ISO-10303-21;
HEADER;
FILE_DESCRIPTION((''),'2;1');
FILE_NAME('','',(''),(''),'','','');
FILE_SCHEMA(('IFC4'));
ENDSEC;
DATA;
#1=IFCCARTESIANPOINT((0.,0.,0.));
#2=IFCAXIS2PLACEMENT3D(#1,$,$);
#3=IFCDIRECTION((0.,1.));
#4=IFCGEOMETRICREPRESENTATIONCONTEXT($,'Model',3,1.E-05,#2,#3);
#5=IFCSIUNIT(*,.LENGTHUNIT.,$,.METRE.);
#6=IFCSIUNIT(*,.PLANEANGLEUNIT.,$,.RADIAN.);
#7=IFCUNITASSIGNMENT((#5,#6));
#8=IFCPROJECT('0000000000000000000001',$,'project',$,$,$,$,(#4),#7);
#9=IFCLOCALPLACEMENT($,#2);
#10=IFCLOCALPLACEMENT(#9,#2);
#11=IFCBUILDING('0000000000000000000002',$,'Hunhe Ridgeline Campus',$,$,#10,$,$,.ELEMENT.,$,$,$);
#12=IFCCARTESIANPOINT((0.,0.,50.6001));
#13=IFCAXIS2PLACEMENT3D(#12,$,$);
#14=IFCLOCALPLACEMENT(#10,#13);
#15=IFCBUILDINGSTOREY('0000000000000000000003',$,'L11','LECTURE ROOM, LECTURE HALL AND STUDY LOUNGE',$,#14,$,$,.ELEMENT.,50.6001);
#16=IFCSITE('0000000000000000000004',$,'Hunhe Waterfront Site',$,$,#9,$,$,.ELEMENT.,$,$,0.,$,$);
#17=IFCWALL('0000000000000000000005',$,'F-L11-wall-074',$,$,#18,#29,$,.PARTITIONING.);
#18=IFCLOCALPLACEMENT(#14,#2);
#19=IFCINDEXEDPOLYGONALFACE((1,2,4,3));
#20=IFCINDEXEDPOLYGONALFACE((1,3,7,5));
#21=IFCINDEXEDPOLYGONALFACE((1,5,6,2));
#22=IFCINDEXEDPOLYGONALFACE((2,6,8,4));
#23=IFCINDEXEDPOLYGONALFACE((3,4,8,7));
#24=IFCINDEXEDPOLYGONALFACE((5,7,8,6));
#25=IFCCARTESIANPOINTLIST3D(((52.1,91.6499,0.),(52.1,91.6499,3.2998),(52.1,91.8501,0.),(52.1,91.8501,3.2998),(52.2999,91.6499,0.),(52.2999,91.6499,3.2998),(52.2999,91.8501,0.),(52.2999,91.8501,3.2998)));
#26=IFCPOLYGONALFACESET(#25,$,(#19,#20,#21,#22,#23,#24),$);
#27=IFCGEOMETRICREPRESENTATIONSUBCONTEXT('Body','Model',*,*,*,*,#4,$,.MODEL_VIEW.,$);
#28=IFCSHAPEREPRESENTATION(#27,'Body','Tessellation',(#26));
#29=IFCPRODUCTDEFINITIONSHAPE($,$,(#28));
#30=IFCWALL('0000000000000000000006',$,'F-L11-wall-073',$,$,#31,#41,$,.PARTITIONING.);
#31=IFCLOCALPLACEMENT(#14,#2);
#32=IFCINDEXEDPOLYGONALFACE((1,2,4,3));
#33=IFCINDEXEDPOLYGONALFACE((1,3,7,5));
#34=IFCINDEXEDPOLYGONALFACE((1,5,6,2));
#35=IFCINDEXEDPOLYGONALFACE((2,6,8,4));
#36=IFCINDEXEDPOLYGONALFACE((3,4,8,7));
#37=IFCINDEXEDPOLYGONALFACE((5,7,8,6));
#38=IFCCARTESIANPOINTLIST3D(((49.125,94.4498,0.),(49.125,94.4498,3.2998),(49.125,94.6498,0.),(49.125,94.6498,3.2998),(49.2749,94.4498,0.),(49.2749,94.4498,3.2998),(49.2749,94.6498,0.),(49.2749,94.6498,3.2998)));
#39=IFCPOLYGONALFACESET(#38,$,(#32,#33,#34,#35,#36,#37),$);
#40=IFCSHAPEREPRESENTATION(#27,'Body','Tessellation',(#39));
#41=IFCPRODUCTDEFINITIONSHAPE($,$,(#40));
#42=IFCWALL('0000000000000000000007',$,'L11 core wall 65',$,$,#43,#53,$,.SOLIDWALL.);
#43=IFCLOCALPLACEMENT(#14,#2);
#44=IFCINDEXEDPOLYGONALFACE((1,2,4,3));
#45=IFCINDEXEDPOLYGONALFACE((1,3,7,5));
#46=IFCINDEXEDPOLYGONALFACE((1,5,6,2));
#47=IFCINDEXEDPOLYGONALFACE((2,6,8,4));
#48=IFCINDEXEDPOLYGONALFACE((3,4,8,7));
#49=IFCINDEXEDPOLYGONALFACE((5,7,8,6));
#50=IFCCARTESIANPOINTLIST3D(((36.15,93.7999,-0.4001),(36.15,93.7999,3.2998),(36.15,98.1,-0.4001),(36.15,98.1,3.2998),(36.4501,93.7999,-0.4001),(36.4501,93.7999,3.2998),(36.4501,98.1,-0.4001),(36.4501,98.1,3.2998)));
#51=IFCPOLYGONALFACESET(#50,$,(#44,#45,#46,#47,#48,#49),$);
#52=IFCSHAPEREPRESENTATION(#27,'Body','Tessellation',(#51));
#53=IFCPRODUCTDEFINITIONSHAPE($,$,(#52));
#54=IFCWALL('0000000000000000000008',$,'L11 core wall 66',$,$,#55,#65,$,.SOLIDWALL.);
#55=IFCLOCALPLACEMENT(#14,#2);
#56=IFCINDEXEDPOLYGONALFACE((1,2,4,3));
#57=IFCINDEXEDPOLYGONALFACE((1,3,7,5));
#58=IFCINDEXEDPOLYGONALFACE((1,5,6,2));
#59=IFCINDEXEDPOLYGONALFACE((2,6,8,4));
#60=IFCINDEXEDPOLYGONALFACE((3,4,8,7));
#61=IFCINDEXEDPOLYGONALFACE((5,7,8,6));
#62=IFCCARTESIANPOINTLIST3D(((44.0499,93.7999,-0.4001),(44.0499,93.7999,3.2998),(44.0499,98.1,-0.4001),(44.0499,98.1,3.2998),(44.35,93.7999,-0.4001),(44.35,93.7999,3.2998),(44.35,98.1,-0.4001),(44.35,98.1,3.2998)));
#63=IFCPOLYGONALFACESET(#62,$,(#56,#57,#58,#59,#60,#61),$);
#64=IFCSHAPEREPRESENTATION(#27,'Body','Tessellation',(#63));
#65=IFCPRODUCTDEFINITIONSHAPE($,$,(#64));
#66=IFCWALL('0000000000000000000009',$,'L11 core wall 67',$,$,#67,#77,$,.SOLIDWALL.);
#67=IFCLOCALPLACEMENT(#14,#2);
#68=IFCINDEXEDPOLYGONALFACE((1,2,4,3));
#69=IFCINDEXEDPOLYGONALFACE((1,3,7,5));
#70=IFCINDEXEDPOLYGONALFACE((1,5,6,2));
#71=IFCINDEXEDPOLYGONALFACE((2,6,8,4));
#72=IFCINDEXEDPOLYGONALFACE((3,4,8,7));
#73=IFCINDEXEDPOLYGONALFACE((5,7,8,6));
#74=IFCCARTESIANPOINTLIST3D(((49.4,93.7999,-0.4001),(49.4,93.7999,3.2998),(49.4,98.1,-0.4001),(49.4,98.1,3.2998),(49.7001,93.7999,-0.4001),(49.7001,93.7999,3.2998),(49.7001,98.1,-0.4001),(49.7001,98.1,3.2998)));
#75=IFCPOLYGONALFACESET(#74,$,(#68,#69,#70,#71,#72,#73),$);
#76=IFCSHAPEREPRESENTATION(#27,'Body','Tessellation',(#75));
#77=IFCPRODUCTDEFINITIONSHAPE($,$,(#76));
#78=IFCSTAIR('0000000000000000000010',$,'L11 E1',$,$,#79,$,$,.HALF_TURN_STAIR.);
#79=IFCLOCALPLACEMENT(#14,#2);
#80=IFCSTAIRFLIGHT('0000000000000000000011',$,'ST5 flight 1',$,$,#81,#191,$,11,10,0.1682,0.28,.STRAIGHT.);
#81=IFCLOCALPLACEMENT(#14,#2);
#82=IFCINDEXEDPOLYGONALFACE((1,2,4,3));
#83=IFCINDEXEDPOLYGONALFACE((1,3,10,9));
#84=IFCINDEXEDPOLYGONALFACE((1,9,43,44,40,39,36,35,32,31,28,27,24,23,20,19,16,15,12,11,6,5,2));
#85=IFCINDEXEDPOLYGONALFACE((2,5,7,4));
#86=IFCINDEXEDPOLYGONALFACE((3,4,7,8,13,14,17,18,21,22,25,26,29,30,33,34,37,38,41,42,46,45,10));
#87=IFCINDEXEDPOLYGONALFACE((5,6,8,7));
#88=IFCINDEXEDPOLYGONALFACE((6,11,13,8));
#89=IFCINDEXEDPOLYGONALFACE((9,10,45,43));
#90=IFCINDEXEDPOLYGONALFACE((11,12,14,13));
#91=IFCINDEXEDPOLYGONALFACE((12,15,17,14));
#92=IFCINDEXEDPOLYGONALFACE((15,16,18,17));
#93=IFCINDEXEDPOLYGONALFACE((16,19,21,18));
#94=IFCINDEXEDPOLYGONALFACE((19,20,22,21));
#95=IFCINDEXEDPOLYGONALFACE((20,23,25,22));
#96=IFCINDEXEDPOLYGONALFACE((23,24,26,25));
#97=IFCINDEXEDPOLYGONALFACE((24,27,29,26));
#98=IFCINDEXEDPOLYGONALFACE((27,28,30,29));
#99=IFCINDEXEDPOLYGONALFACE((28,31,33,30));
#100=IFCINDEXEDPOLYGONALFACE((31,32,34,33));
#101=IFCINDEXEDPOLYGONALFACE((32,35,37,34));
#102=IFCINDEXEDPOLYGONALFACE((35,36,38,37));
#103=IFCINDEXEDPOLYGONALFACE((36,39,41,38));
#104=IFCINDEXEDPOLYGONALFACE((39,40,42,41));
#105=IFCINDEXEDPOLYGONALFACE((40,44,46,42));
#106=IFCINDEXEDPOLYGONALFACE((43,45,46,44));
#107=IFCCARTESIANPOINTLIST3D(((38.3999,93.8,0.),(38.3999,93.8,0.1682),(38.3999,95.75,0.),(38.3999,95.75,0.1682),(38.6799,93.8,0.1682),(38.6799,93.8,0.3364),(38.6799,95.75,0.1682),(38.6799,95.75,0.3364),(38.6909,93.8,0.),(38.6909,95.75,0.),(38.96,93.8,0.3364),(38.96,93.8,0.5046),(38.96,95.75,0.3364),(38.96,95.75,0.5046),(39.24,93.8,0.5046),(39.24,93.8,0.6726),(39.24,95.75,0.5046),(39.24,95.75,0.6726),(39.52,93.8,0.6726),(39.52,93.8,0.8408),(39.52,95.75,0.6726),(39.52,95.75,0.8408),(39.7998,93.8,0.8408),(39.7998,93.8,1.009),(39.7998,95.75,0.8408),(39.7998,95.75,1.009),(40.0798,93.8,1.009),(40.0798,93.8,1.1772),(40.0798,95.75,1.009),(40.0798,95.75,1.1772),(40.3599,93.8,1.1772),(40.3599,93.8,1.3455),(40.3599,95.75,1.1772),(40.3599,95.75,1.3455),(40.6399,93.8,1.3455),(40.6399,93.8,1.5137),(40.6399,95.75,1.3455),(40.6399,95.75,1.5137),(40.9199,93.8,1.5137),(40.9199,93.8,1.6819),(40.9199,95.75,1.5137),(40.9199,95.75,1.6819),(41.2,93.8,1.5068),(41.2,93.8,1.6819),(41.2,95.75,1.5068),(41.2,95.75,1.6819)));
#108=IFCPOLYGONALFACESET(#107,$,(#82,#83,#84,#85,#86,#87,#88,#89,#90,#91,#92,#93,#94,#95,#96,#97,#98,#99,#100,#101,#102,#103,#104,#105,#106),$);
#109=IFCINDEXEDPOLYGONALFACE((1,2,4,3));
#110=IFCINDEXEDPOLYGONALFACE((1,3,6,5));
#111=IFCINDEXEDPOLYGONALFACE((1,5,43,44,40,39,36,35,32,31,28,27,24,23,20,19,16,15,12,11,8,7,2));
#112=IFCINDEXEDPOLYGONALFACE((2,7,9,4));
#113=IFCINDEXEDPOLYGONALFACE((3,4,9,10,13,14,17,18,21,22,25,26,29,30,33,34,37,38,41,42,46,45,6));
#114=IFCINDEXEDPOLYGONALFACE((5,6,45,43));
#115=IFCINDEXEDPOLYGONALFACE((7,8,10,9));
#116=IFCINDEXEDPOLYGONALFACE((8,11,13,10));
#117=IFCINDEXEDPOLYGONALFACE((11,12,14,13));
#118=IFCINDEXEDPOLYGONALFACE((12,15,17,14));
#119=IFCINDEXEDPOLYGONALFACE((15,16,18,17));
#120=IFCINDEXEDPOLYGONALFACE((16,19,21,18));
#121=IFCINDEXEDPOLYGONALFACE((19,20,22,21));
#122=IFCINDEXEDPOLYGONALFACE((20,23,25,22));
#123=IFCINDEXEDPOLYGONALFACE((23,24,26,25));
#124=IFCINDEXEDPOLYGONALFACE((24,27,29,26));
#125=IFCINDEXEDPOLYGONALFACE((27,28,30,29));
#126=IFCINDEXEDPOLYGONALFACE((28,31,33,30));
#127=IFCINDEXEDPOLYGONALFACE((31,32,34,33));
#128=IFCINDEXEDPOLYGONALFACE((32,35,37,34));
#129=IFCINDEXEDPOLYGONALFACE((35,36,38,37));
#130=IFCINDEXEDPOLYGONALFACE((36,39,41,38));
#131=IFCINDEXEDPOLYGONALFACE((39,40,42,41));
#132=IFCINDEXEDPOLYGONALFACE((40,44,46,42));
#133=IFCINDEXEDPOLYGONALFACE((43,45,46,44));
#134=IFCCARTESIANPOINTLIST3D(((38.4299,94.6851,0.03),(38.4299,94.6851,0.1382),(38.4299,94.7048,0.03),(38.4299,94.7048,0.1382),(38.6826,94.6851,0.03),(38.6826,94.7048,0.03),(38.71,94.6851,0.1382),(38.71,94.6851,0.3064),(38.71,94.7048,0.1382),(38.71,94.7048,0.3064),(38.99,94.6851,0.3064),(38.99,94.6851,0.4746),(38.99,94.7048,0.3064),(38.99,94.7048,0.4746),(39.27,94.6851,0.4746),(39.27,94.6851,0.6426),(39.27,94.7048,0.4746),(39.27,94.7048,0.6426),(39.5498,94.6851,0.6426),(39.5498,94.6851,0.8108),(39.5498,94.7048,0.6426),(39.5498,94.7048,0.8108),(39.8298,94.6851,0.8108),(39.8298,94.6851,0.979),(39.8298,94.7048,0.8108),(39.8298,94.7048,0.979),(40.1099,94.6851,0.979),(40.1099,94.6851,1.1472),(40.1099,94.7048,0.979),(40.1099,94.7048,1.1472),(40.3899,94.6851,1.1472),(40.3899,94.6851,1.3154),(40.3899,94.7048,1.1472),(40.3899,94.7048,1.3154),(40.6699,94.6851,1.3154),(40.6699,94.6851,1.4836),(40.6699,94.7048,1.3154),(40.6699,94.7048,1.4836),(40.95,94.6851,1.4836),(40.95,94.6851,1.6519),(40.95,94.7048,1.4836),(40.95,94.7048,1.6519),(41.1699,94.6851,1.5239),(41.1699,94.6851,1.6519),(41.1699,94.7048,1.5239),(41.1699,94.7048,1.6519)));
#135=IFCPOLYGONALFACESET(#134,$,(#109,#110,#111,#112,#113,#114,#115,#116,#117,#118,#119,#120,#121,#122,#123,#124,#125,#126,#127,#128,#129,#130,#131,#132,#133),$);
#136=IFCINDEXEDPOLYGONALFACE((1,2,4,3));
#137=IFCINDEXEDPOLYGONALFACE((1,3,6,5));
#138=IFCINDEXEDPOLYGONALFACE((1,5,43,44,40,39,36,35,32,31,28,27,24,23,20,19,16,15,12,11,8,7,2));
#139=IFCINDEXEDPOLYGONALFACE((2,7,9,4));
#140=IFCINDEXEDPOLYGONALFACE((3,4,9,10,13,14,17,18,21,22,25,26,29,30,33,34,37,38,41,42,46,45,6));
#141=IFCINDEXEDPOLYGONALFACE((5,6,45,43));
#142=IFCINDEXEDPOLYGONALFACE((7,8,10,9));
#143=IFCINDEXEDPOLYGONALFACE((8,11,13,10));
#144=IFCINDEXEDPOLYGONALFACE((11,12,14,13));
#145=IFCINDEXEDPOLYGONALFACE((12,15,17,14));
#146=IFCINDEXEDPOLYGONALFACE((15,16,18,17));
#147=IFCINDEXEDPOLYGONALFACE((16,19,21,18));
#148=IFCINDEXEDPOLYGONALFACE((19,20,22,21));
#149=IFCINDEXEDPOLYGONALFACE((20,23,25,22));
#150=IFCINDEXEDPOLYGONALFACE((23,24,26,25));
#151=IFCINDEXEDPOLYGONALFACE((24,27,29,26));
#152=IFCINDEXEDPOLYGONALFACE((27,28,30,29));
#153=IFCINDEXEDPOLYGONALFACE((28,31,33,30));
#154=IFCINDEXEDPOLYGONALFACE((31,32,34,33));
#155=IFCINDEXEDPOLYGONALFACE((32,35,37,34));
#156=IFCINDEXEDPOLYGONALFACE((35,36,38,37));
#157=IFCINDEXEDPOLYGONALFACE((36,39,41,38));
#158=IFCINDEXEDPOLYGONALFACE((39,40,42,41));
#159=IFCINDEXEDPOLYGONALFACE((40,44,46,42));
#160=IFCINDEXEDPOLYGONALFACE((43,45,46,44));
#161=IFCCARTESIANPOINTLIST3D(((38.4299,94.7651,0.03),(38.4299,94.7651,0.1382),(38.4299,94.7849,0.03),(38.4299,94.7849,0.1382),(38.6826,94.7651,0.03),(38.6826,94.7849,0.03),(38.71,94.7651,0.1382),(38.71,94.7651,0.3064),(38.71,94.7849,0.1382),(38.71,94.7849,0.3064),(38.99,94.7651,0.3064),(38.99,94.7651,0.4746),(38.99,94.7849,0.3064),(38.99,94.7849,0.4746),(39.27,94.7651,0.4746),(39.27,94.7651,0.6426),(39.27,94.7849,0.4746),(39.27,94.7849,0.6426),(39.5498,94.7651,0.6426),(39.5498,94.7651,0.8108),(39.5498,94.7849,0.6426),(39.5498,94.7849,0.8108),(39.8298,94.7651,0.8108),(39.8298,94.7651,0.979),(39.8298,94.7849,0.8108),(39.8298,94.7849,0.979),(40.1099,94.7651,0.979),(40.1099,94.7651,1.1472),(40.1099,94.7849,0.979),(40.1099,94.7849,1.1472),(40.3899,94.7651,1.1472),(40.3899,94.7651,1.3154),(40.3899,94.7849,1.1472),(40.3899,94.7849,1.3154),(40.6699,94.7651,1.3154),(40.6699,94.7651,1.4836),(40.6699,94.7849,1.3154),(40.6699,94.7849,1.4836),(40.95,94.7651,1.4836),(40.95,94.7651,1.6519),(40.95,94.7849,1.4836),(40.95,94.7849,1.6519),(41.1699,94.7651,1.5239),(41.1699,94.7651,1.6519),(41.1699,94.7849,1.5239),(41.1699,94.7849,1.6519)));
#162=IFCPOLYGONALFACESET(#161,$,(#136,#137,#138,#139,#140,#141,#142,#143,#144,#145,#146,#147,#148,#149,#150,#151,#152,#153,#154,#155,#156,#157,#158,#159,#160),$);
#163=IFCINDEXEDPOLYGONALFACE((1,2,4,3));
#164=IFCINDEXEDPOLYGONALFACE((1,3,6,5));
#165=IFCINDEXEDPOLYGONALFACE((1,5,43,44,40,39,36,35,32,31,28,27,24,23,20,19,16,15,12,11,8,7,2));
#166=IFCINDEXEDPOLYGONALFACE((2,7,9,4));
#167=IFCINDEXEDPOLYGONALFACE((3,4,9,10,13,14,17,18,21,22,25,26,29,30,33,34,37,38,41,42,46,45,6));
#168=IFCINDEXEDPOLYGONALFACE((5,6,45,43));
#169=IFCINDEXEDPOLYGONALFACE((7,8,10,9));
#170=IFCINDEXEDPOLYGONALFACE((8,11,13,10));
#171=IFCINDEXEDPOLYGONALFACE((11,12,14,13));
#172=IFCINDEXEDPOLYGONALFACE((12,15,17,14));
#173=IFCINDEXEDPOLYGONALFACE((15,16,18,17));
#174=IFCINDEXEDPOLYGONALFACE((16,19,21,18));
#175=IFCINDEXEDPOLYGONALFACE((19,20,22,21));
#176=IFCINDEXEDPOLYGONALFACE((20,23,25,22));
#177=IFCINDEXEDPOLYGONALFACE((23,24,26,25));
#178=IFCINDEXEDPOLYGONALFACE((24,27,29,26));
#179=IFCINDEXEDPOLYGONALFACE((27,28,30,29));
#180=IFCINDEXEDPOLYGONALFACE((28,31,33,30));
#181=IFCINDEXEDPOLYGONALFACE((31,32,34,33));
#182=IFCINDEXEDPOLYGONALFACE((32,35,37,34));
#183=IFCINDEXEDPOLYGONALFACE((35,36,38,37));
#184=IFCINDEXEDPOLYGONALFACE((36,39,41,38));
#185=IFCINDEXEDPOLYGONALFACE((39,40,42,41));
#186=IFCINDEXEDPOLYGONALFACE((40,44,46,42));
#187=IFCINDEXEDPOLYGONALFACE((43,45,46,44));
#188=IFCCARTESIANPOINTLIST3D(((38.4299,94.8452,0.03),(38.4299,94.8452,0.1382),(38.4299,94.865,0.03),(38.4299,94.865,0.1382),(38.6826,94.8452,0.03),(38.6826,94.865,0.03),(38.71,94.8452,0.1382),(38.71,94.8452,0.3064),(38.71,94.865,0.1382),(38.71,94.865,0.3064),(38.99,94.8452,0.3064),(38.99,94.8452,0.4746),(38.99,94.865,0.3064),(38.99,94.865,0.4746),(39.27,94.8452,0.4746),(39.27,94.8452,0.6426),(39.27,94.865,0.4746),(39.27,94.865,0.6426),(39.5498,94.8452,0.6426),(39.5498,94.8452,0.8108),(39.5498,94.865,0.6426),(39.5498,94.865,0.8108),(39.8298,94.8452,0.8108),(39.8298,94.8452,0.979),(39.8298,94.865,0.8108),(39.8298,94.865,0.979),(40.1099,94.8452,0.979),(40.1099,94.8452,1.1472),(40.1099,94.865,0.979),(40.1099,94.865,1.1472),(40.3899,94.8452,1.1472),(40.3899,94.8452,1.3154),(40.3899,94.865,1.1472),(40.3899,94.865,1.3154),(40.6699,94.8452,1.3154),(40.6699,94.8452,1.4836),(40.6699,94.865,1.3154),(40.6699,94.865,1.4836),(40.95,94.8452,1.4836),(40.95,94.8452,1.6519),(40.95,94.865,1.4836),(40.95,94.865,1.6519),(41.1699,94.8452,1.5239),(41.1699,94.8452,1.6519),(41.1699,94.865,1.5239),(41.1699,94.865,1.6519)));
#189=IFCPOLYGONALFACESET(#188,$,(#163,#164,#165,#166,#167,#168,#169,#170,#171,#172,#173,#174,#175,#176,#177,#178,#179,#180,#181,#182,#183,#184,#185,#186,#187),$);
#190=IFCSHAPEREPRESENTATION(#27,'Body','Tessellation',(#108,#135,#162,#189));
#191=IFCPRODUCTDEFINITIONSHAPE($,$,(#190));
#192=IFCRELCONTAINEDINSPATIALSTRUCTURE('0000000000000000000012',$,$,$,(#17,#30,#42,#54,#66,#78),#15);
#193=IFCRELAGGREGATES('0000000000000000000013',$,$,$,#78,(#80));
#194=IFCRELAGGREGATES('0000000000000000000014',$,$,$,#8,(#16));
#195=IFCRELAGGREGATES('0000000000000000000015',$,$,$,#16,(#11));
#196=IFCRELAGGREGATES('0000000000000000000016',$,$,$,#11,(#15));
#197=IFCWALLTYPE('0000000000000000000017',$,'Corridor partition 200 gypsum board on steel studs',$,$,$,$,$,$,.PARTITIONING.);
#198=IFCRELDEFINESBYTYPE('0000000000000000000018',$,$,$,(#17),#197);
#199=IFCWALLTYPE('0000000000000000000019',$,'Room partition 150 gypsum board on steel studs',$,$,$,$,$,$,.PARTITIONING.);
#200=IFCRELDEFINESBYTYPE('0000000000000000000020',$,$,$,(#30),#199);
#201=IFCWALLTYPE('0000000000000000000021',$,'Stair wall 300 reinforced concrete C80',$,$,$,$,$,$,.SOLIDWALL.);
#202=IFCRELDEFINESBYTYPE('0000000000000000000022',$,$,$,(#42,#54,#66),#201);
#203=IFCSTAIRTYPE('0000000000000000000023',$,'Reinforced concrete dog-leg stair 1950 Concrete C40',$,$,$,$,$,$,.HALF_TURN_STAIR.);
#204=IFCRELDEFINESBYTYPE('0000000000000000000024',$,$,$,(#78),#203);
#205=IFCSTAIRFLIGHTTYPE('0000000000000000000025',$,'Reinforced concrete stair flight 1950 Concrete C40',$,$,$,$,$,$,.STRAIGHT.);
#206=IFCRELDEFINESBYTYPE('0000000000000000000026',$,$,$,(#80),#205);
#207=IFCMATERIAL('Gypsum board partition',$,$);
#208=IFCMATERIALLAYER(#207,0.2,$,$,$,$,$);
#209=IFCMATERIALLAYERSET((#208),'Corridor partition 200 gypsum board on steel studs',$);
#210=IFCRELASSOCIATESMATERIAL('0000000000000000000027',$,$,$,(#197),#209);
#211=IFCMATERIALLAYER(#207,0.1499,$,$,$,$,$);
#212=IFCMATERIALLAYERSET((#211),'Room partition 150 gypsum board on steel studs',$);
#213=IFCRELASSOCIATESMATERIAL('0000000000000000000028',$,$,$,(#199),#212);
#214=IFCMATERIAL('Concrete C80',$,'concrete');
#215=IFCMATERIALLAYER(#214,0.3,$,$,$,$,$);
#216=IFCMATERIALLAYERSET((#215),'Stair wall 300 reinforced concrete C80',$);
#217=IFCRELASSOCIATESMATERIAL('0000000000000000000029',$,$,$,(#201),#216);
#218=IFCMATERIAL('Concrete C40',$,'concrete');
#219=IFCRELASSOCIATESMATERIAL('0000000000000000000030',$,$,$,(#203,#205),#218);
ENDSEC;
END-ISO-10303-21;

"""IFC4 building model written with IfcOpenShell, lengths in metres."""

from ifc_helpers import new_model, si_unit, direction, frame, frame_2d, origin, place, context, subcontext, project, spatial, polyline, rectangle, outline, extrude, material, layer, layer_set, type_object, element, aggregate, save


model = new_model("IFC4")

# Units and contexts
model_context = context("Model", 3, precision=1e-05, world=origin(), true_north=direction((0.0, 1.0)))
body_context = subcontext(model_context, "Body", "Model", "MODEL_VIEW")
ifc_project = project(units=[si_unit("LENGTHUNIT", "METRE"), si_unit("PLANEANGLEUNIT", "RADIAN")], contexts=[model_context])

# Site, building, storey
site_placement = place(None, origin())
site = spatial("IfcSite", under=ifc_project, at=site_placement, Name="Hunhe Waterfront Site", CompositionType="ELEMENT", RefElevation=0.0)
building_placement = place(site_placement, origin())
building = spatial("IfcBuilding", under=site, at=building_placement, Name="Hunhe Ridgeline Campus", CompositionType="ELEMENT")
storey_placement = place(building_placement, frame((0.0, 0.0, 50.6001)))
storey = spatial("IfcBuildingStorey", under=building, at=storey_placement, Name="L11", Description="LECTURE ROOM, LECTURE HALL AND STUDY LOUNGE", CompositionType="ELEMENT", Elevation=50.6001)

# Shared definitions
ifc_material_1 = material(Name="Gypsum board partition")
ifc_layer_1 = layer(ifc_material_1, 0.2)
ifc_layer_set_1 = layer_set([ifc_layer_1], Name="Corridor partition 200 gypsum board on steel studs")
wall_type_1 = type_object("IfcWallType", Name="Corridor partition 200 gypsum board on steel studs", PredefinedType="PARTITIONING", material=ifc_layer_set_1)

# Walls
wall_1_placement = place(storey_placement, frame((52.2, 91.8501, 0.0), z_axis=(0.0, 0.0, 1.0), x_axis=(0.0, -1.0, 0.0)))
element("IfcWall", 1, at=wall_1_placement, inside=storey, type_object=wall_type_1, Name="F-L11-wall-074", PredefinedType="PARTITIONING", context=body_context, shape_type="SweptSolid", body=[
    extrude(rectangle(XDim=0.2002, YDim=0.2, at=frame_2d((0.1001, 0.0))), origin(), (0.0, 0.0, 1.0), 3.2998),
])
ifc_layer_2 = layer(ifc_material_1, 0.1499)
ifc_layer_set_2 = layer_set([ifc_layer_2], Name="Room partition 150 gypsum board on steel studs")
wall_type_2 = type_object("IfcWallType", Name="Room partition 150 gypsum board on steel studs", PredefinedType="PARTITIONING", material=ifc_layer_set_2)
wall_2_placement = place(storey_placement, frame((49.2, 94.6499, 0.0), z_axis=(0.0, 0.0, 1.0), x_axis=(0.0, -1.0, 0.0)))
element("IfcWall", 2, at=wall_2_placement, inside=storey, type_object=wall_type_2, Name="F-L11-wall-073", PredefinedType="PARTITIONING", context=body_context, shape_type="SweptSolid", body=[
    extrude(rectangle(XDim=0.2, YDim=0.1499, at=frame_2d((0.1001, 0.0))), origin(), (0.0, 0.0, 1.0), 3.2998),
])

# Shared definitions
ifc_material_2 = material(Name="Concrete C80", Category="concrete")
ifc_layer_3 = layer(ifc_material_2, 0.3)
ifc_layer_set_3 = layer_set([ifc_layer_3], Name="Stair wall 300 reinforced concrete C80")
wall_type_3 = type_object("IfcWallType", Name="Stair wall 300 reinforced concrete C80", PredefinedType="SOLIDWALL", material=ifc_layer_set_3)

# Walls
for number, where, z_axis, x_axis, name in (
    (3, (36.3, 93.8, -0.4001), (0.0, 0.0, 1.0), (0.0, 1.0, 0.0), "L11 core wall 65"),
    (4, (44.2, 93.8, -0.4001), (0.0, 0.0, 1.0), (0.0, 1.0, 0.0), "L11 core wall 66"),
    (5, (49.55, 93.8, -0.4001), (0.0, 0.0, 1.0), (0.0, 1.0, 0.0), "L11 core wall 67"),
):
    element("IfcWall", number, at=place(storey_placement, frame(where, z_axis=z_axis, x_axis=x_axis)), inside=storey, type_object=wall_type_3, Name=name, PredefinedType="SOLIDWALL", context=body_context, shape_type="SweptSolid", body=[
        extrude(rectangle(XDim=4.3, YDim=0.3, at=frame_2d((2.1499, 0.0))), origin(), (0.0, 0.0, 1.0), 3.7),
    ])

# Stair, stair flight
ifc_material_3 = material(Name="Concrete C40", Category="concrete")
stair_type = type_object("IfcStairType", Name="Reinforced concrete dog-leg stair 1950 Concrete C40", PredefinedType="HALF_TURN_STAIR", material=ifc_material_3)
stair_1_placement = place(storey_placement, origin())
stair_1 = element("IfcStair", 6, at=stair_1_placement, inside=storey, type_object=stair_type, Name="L11 E1", PredefinedType="HALF_TURN_STAIR")
stair_flight_type = type_object("IfcStairFlightType", Name="Reinforced concrete stair flight 1950 Concrete C40", PredefinedType="STRAIGHT", material=ifc_material_3)
stair_flight_1_placement = place(storey_placement, frame((38.3999, 94.7749, 0.0), z_axis=(0.0, 0.0, 1.0), x_axis=(1.0, 0.0, 0.0)))
stair_flight_1 = element("IfcStairFlight", 7, at=stair_flight_1_placement, type_object=stair_flight_type, Name="ST5 flight 1", NumberOfRisers=11, NumberOfTreads=10, PredefinedType="STRAIGHT", RiserHeight=0.1682, TreadLength=0.28, context=body_context, shape_type="SweptSolid", body=[
    extrude(outline(polyline([(0.0, 0.0), (0.0, 0.1682), (0.28, 0.1682), (0.28, 0.3364), (0.5601, 0.3364), (0.5601, 0.5046), (0.8401, 0.5046), (0.8401, 0.6726), (1.1201, 0.6726), (1.1201, 0.8408), (1.3999, 0.8408), (1.3999, 1.009), (1.6799, 1.009), (1.6799, 1.1772), (1.96, 1.1772), (1.96, 1.3455), (2.24, 1.3455), (2.24, 1.5137), (2.52, 1.5137), (2.52, 1.6819), (2.8, 1.6819), (2.8, 1.8501), (2.8, 1.5068), (0.291, 0.0), (0.0, 0.0)])), frame((0.0, 0.9751, 0.0), z_axis=(0.0, -1.0, 0.0), x_axis=(1.0, 0.0, 0.0)), (0.0, 0.0, 1.0), 1.95),
    extrude(outline(polyline([(0.03, 0.03), (0.03, 0.1382), (0.3101, 0.1382), (0.3101, 0.3064), (0.5901, 0.3064), (0.5901, 0.4746), (0.8701, 0.4746), (0.8701, 0.6426), (1.1499, 0.6426), (1.1499, 0.8108), (1.4299, 0.8108), (1.4299, 0.979), (1.71, 0.979), (1.71, 1.1472), (1.99, 1.1472), (1.99, 1.3154), (2.27, 1.3154), (2.27, 1.4836), (2.55, 1.4836), (2.55, 1.6519), (2.77, 1.6519), (2.77, 1.5239), (0.2827, 0.03), (0.03, 0.03)])), frame((0.0, -0.0701, 0.0), z_axis=(0.0, -1.0, 0.0), x_axis=(1.0, 0.0, 0.0)), (0.0, 0.0, 1.0), 0.0198),
    extrude(outline(polyline([(0.03, 0.03), (0.03, 0.1382), (0.3101, 0.1382), (0.3101, 0.3064), (0.5901, 0.3064), (0.5901, 0.4746), (0.8701, 0.4746), (0.8701, 0.6426), (1.1499, 0.6426), (1.1499, 0.8108), (1.4299, 0.8108), (1.4299, 0.979), (1.71, 0.979), (1.71, 1.1472), (1.99, 1.1472), (1.99, 1.3154), (2.27, 1.3154), (2.27, 1.4836), (2.55, 1.4836), (2.55, 1.6519), (2.77, 1.6519), (2.77, 1.5239), (0.2827, 0.03), (0.03, 0.03)])), frame((0.0, 0.01, 0.0), z_axis=(0.0, -1.0, 0.0), x_axis=(1.0, 0.0, 0.0)), (0.0, 0.0, 1.0), 0.0198),
    extrude(outline(polyline([(0.03, 0.03), (0.03, 0.1382), (0.3101, 0.1382), (0.3101, 0.3064), (0.5901, 0.3064), (0.5901, 0.4746), (0.8701, 0.4746), (0.8701, 0.6426), (1.1499, 0.6426), (1.1499, 0.8108), (1.4299, 0.8108), (1.4299, 0.979), (1.71, 0.979), (1.71, 1.1472), (1.99, 1.1472), (1.99, 1.3154), (2.27, 1.3154), (2.27, 1.4836), (2.55, 1.4836), (2.55, 1.6519), (2.77, 1.6519), (2.77, 1.5239), (0.2827, 0.03), (0.03, 0.03)])), frame((0.0, 0.0901, 0.0), z_axis=(0.0, -1.0, 0.0), x_axis=(1.0, 0.0, 0.0)), (0.0, 0.0, 1.0), 0.0198),
])
aggregate(stair_1, [stair_flight_1])

save(model, "model.ifc")
